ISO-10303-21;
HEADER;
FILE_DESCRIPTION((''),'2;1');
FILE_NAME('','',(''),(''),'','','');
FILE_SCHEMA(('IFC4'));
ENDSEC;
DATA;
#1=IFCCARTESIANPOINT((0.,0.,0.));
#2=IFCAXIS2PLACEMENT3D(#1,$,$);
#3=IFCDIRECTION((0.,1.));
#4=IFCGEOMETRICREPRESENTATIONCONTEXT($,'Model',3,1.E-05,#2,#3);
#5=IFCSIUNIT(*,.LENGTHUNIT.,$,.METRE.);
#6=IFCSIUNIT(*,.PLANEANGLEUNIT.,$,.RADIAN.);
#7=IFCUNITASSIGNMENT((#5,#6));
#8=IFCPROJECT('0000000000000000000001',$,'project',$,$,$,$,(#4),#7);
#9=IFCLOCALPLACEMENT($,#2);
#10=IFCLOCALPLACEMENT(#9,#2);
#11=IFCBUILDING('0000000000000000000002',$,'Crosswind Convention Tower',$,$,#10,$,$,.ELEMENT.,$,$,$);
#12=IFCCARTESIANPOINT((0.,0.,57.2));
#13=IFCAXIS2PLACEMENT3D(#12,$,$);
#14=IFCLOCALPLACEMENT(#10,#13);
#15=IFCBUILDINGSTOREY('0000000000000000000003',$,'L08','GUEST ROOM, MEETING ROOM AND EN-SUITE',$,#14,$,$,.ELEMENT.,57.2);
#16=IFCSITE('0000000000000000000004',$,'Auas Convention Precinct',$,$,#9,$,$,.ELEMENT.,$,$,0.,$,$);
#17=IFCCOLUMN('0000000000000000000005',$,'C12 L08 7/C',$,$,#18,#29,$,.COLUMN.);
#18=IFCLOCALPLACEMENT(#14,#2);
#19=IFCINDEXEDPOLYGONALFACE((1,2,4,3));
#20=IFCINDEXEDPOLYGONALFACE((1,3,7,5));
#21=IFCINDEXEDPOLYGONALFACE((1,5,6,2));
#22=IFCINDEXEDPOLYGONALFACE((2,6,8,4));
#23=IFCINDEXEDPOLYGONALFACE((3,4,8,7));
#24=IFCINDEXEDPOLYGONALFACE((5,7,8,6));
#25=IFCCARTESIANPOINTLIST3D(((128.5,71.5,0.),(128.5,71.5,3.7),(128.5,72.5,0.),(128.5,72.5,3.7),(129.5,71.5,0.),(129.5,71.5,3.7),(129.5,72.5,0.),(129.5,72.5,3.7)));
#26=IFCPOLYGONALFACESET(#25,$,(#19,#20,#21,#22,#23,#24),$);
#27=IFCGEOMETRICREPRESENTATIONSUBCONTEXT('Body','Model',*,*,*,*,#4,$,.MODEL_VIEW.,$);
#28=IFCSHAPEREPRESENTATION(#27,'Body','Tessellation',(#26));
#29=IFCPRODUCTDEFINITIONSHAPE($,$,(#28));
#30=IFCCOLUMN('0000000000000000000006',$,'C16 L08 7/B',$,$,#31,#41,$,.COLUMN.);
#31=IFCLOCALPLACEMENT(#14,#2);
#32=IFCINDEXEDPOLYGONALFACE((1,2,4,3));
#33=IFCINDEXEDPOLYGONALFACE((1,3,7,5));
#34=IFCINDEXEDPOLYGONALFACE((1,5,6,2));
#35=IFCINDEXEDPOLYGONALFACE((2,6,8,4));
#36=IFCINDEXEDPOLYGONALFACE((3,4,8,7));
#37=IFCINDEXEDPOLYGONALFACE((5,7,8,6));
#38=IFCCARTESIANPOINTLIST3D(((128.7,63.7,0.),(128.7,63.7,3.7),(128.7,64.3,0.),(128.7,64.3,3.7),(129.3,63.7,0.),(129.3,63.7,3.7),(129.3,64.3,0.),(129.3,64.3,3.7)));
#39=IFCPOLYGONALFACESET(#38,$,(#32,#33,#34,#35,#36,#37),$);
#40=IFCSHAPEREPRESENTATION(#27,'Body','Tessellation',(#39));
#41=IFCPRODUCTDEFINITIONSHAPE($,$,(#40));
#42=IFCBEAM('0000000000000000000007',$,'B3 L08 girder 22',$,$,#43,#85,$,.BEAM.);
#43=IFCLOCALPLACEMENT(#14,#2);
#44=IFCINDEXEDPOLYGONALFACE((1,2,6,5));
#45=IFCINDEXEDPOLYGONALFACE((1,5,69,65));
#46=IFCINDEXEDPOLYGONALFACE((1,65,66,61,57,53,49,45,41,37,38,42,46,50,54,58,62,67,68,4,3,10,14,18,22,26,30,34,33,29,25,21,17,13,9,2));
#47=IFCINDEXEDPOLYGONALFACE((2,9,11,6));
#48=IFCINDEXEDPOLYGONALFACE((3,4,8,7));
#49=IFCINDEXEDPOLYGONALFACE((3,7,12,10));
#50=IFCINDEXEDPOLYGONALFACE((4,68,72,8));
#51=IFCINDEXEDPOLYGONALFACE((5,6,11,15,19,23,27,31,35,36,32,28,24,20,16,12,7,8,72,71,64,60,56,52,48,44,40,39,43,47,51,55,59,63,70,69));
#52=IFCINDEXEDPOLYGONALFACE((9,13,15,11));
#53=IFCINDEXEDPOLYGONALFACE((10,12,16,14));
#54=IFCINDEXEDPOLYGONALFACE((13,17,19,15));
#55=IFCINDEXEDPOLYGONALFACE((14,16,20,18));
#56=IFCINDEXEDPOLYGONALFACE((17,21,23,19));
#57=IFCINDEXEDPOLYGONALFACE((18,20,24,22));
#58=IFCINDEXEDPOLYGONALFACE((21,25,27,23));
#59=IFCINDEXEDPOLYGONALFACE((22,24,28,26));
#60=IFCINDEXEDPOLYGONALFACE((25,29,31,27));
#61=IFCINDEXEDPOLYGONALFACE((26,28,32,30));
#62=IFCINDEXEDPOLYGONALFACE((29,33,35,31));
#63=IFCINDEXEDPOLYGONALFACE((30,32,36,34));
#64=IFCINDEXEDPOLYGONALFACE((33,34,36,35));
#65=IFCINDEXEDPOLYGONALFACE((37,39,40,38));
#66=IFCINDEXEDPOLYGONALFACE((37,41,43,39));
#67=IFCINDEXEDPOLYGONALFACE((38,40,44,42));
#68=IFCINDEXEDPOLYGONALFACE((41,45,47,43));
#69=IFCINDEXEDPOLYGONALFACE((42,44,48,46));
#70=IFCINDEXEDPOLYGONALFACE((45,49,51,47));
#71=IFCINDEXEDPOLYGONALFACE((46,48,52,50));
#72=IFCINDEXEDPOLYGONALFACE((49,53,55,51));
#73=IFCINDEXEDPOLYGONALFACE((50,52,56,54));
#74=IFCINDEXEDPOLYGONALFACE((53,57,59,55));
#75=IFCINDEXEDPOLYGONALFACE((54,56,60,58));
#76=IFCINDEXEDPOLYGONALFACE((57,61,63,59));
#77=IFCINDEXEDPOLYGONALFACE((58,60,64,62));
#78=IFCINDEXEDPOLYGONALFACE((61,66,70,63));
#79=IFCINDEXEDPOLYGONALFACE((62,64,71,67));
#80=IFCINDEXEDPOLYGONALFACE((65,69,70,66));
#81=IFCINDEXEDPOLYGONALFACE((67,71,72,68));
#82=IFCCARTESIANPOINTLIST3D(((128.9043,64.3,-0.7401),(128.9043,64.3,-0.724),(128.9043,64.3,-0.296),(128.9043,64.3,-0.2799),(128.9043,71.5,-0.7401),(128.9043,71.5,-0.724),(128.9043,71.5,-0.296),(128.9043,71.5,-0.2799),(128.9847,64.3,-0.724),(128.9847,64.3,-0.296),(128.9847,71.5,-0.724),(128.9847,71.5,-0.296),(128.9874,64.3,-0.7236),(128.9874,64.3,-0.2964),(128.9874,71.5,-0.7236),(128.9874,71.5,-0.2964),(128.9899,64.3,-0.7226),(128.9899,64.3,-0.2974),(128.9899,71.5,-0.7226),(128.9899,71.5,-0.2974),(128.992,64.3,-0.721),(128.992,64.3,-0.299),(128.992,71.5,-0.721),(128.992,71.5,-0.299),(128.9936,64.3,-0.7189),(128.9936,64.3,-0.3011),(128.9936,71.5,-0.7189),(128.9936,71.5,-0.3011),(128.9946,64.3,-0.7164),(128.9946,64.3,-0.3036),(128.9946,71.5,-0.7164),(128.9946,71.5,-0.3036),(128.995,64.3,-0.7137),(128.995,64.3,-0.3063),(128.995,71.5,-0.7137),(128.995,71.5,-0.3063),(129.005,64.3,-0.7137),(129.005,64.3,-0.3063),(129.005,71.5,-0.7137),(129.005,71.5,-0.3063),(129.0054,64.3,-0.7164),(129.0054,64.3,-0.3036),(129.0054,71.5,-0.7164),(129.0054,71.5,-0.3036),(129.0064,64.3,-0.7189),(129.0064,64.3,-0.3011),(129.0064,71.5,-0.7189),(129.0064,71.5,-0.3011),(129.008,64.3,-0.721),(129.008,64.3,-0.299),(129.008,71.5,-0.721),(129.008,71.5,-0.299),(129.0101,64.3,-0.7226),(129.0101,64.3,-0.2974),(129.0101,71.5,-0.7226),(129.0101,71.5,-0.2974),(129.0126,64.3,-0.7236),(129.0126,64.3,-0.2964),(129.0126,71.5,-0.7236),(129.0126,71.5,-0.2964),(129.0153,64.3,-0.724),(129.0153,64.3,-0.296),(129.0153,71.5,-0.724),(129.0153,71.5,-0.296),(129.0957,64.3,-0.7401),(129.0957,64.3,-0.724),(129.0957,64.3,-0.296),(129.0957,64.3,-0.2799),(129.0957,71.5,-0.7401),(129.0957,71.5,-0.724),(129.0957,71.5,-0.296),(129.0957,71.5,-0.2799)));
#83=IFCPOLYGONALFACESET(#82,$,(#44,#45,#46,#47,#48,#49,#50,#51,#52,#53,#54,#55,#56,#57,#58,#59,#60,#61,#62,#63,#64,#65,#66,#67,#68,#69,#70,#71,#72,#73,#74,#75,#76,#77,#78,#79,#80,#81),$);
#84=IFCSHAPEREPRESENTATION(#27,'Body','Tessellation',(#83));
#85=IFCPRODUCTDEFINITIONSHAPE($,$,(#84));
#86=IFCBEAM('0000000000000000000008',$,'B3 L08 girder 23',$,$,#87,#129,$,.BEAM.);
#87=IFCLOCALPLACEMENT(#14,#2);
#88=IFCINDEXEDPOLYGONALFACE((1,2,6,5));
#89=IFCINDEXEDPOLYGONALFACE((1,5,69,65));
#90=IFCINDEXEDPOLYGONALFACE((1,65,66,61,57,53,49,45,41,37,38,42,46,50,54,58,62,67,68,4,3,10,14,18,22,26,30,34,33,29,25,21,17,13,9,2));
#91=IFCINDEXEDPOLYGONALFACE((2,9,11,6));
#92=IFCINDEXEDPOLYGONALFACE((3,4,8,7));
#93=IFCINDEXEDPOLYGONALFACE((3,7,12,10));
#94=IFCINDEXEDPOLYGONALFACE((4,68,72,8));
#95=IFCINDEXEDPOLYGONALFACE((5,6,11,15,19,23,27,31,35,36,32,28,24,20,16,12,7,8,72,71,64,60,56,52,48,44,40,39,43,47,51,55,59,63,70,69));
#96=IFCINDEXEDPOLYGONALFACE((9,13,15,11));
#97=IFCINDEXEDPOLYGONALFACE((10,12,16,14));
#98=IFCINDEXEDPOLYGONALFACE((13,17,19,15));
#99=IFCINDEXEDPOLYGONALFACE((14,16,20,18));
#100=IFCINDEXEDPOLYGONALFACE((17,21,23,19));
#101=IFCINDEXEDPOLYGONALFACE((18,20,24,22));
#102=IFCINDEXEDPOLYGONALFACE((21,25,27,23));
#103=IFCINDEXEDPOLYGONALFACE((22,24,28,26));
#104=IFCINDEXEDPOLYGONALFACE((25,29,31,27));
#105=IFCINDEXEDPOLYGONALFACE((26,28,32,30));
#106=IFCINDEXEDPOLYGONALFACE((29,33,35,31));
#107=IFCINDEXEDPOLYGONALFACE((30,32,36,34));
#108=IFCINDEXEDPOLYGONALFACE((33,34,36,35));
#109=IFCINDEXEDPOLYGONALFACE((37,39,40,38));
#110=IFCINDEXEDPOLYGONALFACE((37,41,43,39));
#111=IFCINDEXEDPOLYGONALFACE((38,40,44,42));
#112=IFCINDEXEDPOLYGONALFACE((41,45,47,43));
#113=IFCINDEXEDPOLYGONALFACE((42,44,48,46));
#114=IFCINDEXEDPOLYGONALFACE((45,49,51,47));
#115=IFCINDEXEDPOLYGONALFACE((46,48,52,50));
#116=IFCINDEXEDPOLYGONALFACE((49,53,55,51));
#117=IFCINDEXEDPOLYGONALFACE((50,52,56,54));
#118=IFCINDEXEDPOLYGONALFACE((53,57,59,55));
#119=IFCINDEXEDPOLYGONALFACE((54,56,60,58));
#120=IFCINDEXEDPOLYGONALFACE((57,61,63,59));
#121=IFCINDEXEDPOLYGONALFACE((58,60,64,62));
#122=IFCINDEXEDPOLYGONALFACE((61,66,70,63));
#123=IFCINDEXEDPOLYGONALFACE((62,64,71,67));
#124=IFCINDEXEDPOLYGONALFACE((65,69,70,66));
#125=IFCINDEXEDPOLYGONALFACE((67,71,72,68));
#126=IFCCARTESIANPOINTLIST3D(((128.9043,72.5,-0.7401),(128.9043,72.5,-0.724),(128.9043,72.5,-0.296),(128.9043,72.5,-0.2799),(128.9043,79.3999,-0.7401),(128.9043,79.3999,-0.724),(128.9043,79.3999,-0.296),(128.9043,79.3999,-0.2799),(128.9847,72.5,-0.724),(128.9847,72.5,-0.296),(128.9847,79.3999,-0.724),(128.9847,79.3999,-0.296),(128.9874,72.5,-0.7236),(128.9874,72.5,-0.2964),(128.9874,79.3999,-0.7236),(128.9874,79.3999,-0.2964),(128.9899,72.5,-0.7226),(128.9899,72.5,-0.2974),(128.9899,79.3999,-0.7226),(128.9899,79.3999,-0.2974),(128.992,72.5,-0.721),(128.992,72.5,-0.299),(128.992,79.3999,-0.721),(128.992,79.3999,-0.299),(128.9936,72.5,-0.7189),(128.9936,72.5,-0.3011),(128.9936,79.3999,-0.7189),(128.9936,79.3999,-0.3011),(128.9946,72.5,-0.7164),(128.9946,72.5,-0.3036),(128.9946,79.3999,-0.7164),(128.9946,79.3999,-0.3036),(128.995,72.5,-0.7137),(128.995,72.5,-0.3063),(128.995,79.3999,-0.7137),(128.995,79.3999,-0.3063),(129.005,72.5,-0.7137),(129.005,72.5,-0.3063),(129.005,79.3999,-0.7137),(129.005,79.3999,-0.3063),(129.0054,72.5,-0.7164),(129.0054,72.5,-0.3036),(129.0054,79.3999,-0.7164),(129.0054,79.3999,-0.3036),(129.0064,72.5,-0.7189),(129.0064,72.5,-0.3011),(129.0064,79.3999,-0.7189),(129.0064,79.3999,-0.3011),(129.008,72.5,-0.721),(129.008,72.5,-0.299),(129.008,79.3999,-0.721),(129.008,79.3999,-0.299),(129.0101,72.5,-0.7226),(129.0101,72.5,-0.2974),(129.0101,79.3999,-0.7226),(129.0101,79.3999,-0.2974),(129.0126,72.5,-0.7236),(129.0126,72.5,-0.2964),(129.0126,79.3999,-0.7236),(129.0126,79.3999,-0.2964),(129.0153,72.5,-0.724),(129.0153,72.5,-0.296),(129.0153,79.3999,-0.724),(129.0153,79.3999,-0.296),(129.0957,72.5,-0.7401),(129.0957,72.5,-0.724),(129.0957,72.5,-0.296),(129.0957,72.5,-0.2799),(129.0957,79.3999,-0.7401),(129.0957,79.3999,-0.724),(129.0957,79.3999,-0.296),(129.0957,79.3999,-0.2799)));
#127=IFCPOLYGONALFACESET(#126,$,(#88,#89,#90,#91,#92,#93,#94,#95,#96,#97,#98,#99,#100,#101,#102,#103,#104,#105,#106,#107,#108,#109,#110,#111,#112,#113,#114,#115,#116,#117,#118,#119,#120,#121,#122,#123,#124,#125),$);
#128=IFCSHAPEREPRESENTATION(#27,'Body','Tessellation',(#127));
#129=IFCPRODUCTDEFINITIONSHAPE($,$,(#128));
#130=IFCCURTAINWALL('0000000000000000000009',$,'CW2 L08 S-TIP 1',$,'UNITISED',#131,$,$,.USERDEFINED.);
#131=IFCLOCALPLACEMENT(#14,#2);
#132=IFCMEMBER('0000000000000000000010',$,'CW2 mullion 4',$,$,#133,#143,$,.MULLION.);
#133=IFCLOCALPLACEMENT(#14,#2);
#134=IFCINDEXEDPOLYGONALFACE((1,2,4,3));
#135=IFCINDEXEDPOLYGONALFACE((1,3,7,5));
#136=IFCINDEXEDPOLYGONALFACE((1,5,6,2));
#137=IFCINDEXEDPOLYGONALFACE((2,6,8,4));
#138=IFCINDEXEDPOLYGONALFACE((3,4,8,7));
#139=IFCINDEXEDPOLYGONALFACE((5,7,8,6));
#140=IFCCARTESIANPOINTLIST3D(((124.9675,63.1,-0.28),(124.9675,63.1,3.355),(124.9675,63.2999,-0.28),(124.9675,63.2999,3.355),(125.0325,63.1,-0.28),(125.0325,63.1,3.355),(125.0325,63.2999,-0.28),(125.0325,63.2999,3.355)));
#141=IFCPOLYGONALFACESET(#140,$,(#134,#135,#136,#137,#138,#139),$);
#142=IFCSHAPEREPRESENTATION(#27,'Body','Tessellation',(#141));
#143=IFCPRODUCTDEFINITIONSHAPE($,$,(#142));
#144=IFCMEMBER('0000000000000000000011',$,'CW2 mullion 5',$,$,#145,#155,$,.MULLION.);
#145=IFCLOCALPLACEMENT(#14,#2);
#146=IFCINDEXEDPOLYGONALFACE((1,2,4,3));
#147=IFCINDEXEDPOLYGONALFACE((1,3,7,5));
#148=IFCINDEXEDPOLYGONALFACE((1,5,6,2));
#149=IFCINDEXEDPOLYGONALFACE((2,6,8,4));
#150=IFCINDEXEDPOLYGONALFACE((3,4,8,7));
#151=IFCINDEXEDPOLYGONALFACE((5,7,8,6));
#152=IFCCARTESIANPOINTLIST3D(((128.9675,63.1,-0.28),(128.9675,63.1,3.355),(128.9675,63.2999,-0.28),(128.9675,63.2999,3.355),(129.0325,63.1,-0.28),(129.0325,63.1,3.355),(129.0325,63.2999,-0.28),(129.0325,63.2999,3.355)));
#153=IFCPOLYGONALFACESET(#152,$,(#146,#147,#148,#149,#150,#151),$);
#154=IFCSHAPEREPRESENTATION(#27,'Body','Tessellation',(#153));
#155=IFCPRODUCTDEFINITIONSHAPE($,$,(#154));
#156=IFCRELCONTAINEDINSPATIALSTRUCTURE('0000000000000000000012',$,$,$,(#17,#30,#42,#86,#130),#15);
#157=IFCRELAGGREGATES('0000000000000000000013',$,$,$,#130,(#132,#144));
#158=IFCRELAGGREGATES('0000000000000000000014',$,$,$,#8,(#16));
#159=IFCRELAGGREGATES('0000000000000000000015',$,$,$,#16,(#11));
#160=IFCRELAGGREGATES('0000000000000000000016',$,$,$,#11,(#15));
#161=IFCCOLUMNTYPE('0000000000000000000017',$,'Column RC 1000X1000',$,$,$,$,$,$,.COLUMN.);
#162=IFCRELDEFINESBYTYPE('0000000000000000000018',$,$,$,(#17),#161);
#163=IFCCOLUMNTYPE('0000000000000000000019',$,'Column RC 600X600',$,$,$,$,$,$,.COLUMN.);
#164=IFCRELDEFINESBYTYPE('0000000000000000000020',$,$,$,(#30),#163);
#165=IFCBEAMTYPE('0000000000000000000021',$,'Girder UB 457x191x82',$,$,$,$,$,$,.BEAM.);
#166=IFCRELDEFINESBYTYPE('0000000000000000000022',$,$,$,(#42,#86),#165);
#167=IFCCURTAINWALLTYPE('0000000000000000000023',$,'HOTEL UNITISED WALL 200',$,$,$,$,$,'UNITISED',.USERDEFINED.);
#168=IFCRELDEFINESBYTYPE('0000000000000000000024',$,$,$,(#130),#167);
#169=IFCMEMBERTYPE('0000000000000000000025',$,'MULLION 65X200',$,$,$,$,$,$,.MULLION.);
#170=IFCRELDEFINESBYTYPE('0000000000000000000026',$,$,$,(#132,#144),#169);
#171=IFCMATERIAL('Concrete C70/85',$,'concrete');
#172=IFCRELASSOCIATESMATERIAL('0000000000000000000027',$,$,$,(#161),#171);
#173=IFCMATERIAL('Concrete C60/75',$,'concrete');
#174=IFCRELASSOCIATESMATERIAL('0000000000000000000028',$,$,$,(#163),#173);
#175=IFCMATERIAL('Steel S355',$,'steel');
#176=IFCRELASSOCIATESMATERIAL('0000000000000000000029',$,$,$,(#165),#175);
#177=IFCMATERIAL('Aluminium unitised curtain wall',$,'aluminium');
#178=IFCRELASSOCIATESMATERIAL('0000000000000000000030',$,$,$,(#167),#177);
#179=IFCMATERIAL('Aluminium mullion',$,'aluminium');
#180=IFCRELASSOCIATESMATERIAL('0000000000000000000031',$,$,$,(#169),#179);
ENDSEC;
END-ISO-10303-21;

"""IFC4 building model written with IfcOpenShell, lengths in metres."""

from ifc_helpers import new_model, si_unit, direction, frame, origin, origin_2d, place, context, subcontext, project, spatial, rectangle, i_section, extrude, material, material_profile, profile_set, type_object, element, aggregate, save


model = new_model("IFC4")

# Units and contexts
model_context = context("Model", 3, precision=1e-05, world=origin(), true_north=direction((0.0, 1.0)))
body_context = subcontext(model_context, "Body", "Model", "MODEL_VIEW")
ifc_project = project(units=[si_unit("LENGTHUNIT", "METRE"), si_unit("PLANEANGLEUNIT", "RADIAN")], contexts=[model_context])

# Site, building, storey
site_placement = place(None, origin())
site = spatial("IfcSite", under=ifc_project, at=site_placement, Name="Auas Convention Precinct", CompositionType="ELEMENT", RefElevation=0.0)
building_placement = place(site_placement, origin())
building = spatial("IfcBuilding", under=site, at=building_placement, Name="Crosswind Convention Tower", CompositionType="ELEMENT")
storey_placement = place(building_placement, frame((0.0, 0.0, 57.2)))
storey = spatial("IfcBuildingStorey", under=building, at=storey_placement, Name="L08", Description="GUEST ROOM, MEETING ROOM AND EN-SUITE", CompositionType="ELEMENT", Elevation=57.2)

# Columns
ifc_material_1 = material(Name="Concrete C70/85", Category="concrete")
ifc_material_profile_1 = material_profile(ifc_material_1, rectangle(XDim=1.0, YDim=1.0, at=origin_2d()), Name="RC 1000X1000")
ifc_profile_set_1 = profile_set([ifc_material_profile_1], Name="Concrete C70/85")
column_type_1 = type_object("IfcColumnType", Name="Column RC 1000X1000", PredefinedType="COLUMN", material=ifc_profile_set_1)
column_1_placement = place(storey_placement, frame((129.0, 72.0, 0.0), z_axis=(0.0, 0.0, 1.0), x_axis=(1.0, 0.0, 0.0)))
element("IfcColumn", 1, at=column_1_placement, inside=storey, type_object=column_type_1, Name="C12 L08 7/C", PredefinedType="COLUMN", context=body_context, shape_type="SweptSolid", body=[
    extrude(rectangle(XDim=1.0, YDim=1.0, at=origin_2d()), origin(), (0.0, 0.0, 1.0), 3.7),
])
ifc_material_2 = material(Name="Concrete C60/75", Category="concrete")
ifc_material_profile_2 = material_profile(ifc_material_2, rectangle(XDim=0.6001, YDim=0.6001, at=origin_2d()), Name="RC 600X600")
ifc_profile_set_2 = profile_set([ifc_material_profile_2], Name="Concrete C60/75")
column_type_2 = type_object("IfcColumnType", Name="Column RC 600X600", PredefinedType="COLUMN", material=ifc_profile_set_2)
column_2_placement = place(storey_placement, frame((129.0, 64.0, 0.0), z_axis=(0.0, 0.0, 1.0), x_axis=(1.0, 0.0, 0.0)))
element("IfcColumn", 2, at=column_2_placement, inside=storey, type_object=column_type_2, Name="C16 L08 7/B", PredefinedType="COLUMN", context=body_context, shape_type="SweptSolid", body=[
    extrude(rectangle(XDim=0.6001, YDim=0.6001, at=origin_2d()), origin(), (0.0, 0.0, 1.0), 3.7),
])

# Beams
ifc_material_3 = material(Name="Steel S355", Category="steel")
ifc_material_profile_3 = material_profile(ifc_material_3, i_section(OverallWidth=0.1914, OverallDepth=0.4602, WebThickness=0.01, FlangeThickness=0.0161, FilletRadius=0.0103, at=origin_2d()), Name="UB 457x191x82")
ifc_profile_set_3 = profile_set([ifc_material_profile_3], Name="Steel S355")
beam_type_1 = type_object("IfcBeamType", Name="Girder UB 457x191x82", PredefinedType="BEAM", material=ifc_profile_set_3)
beam_1_placement = place(storey_placement, frame((129.0, 64.3, -0.51), z_axis=(0.0, 1.0, 0.0), x_axis=(-1.0, 0.0, 0.0)))
element("IfcBeam", 3, at=beam_1_placement, inside=storey, type_object=beam_type_1, Name="B3 L08 girder 22", PredefinedType="BEAM", context=body_context, shape_type="SweptSolid", body=[
    extrude(i_section(OverallWidth=0.1914, OverallDepth=0.4602, WebThickness=0.01, FlangeThickness=0.0161, FilletRadius=0.0103, at=origin_2d()), origin(), (0.0, 0.0, 1.0), 7.2),
])
beam_2_placement = place(storey_placement, frame((129.0, 72.5, -0.51), z_axis=(0.0, 1.0, 0.0), x_axis=(-1.0, 0.0, 0.0)))
element("IfcBeam", 4, at=beam_2_placement, inside=storey, type_object=beam_type_1, Name="B3 L08 girder 23", PredefinedType="BEAM", context=body_context, shape_type="SweptSolid", body=[
    extrude(i_section(OverallWidth=0.1914, OverallDepth=0.4602, WebThickness=0.01, FlangeThickness=0.0161, FilletRadius=0.0103, at=origin_2d()), origin(), (0.0, 0.0, 1.0), 6.8999),
])

# Curtain wall, members
ifc_material_4 = material(Name="Aluminium unitised curtain wall", Category="aluminium")
curtain_wall_type = type_object("IfcCurtainWallType", Name="HOTEL UNITISED WALL 200", ElementType="UNITISED", PredefinedType="USERDEFINED", material=ifc_material_4)
curtain_wall_placement = place(storey_placement, origin())
curtain_wall = element("IfcCurtainWall", 5, at=curtain_wall_placement, inside=storey, type_object=curtain_wall_type, Name="CW2 L08 S-TIP 1", ObjectType="UNITISED", PredefinedType="USERDEFINED")
ifc_material_5 = material(Name="Aluminium mullion", Category="aluminium")
ifc_material_profile_4 = material_profile(ifc_material_5, rectangle(XDim=0.2, YDim=0.0649, at=origin_2d()), Name="AL 200X65")
ifc_profile_set_4 = profile_set([ifc_material_profile_4], Name="Aluminium mullion")
member_type = type_object("IfcMemberType", Name="MULLION 65X200", PredefinedType="MULLION", material=ifc_profile_set_4)
member_1_placement = place(storey_placement, frame((125.0, 63.2, -0.28), z_axis=(0.0, 0.0, 1.0), x_axis=(0.0, -1.0, 0.0)))
member_1 = element("IfcMember", 6, at=member_1_placement, type_object=member_type, Name="CW2 mullion 4", PredefinedType="MULLION", context=body_context, shape_type="SweptSolid", body=[
    extrude(rectangle(XDim=0.2, YDim=0.0649, at=origin_2d()), origin(), (0.0, 0.0, 1.0), 3.635),
])
member_2_placement = place(storey_placement, frame((129.0, 63.2, -0.28), z_axis=(0.0, 0.0, 1.0), x_axis=(0.0, -1.0, 0.0)))
member_2 = element("IfcMember", 7, at=member_2_placement, type_object=member_type, Name="CW2 mullion 5", PredefinedType="MULLION", context=body_context, shape_type="SweptSolid", body=[
    extrude(rectangle(XDim=0.2, YDim=0.0649, at=origin_2d()), origin(), (0.0, 0.0, 1.0), 3.635),
])

aggregate(curtain_wall, [member_1, member_2])

save(model, "model.ifc")
